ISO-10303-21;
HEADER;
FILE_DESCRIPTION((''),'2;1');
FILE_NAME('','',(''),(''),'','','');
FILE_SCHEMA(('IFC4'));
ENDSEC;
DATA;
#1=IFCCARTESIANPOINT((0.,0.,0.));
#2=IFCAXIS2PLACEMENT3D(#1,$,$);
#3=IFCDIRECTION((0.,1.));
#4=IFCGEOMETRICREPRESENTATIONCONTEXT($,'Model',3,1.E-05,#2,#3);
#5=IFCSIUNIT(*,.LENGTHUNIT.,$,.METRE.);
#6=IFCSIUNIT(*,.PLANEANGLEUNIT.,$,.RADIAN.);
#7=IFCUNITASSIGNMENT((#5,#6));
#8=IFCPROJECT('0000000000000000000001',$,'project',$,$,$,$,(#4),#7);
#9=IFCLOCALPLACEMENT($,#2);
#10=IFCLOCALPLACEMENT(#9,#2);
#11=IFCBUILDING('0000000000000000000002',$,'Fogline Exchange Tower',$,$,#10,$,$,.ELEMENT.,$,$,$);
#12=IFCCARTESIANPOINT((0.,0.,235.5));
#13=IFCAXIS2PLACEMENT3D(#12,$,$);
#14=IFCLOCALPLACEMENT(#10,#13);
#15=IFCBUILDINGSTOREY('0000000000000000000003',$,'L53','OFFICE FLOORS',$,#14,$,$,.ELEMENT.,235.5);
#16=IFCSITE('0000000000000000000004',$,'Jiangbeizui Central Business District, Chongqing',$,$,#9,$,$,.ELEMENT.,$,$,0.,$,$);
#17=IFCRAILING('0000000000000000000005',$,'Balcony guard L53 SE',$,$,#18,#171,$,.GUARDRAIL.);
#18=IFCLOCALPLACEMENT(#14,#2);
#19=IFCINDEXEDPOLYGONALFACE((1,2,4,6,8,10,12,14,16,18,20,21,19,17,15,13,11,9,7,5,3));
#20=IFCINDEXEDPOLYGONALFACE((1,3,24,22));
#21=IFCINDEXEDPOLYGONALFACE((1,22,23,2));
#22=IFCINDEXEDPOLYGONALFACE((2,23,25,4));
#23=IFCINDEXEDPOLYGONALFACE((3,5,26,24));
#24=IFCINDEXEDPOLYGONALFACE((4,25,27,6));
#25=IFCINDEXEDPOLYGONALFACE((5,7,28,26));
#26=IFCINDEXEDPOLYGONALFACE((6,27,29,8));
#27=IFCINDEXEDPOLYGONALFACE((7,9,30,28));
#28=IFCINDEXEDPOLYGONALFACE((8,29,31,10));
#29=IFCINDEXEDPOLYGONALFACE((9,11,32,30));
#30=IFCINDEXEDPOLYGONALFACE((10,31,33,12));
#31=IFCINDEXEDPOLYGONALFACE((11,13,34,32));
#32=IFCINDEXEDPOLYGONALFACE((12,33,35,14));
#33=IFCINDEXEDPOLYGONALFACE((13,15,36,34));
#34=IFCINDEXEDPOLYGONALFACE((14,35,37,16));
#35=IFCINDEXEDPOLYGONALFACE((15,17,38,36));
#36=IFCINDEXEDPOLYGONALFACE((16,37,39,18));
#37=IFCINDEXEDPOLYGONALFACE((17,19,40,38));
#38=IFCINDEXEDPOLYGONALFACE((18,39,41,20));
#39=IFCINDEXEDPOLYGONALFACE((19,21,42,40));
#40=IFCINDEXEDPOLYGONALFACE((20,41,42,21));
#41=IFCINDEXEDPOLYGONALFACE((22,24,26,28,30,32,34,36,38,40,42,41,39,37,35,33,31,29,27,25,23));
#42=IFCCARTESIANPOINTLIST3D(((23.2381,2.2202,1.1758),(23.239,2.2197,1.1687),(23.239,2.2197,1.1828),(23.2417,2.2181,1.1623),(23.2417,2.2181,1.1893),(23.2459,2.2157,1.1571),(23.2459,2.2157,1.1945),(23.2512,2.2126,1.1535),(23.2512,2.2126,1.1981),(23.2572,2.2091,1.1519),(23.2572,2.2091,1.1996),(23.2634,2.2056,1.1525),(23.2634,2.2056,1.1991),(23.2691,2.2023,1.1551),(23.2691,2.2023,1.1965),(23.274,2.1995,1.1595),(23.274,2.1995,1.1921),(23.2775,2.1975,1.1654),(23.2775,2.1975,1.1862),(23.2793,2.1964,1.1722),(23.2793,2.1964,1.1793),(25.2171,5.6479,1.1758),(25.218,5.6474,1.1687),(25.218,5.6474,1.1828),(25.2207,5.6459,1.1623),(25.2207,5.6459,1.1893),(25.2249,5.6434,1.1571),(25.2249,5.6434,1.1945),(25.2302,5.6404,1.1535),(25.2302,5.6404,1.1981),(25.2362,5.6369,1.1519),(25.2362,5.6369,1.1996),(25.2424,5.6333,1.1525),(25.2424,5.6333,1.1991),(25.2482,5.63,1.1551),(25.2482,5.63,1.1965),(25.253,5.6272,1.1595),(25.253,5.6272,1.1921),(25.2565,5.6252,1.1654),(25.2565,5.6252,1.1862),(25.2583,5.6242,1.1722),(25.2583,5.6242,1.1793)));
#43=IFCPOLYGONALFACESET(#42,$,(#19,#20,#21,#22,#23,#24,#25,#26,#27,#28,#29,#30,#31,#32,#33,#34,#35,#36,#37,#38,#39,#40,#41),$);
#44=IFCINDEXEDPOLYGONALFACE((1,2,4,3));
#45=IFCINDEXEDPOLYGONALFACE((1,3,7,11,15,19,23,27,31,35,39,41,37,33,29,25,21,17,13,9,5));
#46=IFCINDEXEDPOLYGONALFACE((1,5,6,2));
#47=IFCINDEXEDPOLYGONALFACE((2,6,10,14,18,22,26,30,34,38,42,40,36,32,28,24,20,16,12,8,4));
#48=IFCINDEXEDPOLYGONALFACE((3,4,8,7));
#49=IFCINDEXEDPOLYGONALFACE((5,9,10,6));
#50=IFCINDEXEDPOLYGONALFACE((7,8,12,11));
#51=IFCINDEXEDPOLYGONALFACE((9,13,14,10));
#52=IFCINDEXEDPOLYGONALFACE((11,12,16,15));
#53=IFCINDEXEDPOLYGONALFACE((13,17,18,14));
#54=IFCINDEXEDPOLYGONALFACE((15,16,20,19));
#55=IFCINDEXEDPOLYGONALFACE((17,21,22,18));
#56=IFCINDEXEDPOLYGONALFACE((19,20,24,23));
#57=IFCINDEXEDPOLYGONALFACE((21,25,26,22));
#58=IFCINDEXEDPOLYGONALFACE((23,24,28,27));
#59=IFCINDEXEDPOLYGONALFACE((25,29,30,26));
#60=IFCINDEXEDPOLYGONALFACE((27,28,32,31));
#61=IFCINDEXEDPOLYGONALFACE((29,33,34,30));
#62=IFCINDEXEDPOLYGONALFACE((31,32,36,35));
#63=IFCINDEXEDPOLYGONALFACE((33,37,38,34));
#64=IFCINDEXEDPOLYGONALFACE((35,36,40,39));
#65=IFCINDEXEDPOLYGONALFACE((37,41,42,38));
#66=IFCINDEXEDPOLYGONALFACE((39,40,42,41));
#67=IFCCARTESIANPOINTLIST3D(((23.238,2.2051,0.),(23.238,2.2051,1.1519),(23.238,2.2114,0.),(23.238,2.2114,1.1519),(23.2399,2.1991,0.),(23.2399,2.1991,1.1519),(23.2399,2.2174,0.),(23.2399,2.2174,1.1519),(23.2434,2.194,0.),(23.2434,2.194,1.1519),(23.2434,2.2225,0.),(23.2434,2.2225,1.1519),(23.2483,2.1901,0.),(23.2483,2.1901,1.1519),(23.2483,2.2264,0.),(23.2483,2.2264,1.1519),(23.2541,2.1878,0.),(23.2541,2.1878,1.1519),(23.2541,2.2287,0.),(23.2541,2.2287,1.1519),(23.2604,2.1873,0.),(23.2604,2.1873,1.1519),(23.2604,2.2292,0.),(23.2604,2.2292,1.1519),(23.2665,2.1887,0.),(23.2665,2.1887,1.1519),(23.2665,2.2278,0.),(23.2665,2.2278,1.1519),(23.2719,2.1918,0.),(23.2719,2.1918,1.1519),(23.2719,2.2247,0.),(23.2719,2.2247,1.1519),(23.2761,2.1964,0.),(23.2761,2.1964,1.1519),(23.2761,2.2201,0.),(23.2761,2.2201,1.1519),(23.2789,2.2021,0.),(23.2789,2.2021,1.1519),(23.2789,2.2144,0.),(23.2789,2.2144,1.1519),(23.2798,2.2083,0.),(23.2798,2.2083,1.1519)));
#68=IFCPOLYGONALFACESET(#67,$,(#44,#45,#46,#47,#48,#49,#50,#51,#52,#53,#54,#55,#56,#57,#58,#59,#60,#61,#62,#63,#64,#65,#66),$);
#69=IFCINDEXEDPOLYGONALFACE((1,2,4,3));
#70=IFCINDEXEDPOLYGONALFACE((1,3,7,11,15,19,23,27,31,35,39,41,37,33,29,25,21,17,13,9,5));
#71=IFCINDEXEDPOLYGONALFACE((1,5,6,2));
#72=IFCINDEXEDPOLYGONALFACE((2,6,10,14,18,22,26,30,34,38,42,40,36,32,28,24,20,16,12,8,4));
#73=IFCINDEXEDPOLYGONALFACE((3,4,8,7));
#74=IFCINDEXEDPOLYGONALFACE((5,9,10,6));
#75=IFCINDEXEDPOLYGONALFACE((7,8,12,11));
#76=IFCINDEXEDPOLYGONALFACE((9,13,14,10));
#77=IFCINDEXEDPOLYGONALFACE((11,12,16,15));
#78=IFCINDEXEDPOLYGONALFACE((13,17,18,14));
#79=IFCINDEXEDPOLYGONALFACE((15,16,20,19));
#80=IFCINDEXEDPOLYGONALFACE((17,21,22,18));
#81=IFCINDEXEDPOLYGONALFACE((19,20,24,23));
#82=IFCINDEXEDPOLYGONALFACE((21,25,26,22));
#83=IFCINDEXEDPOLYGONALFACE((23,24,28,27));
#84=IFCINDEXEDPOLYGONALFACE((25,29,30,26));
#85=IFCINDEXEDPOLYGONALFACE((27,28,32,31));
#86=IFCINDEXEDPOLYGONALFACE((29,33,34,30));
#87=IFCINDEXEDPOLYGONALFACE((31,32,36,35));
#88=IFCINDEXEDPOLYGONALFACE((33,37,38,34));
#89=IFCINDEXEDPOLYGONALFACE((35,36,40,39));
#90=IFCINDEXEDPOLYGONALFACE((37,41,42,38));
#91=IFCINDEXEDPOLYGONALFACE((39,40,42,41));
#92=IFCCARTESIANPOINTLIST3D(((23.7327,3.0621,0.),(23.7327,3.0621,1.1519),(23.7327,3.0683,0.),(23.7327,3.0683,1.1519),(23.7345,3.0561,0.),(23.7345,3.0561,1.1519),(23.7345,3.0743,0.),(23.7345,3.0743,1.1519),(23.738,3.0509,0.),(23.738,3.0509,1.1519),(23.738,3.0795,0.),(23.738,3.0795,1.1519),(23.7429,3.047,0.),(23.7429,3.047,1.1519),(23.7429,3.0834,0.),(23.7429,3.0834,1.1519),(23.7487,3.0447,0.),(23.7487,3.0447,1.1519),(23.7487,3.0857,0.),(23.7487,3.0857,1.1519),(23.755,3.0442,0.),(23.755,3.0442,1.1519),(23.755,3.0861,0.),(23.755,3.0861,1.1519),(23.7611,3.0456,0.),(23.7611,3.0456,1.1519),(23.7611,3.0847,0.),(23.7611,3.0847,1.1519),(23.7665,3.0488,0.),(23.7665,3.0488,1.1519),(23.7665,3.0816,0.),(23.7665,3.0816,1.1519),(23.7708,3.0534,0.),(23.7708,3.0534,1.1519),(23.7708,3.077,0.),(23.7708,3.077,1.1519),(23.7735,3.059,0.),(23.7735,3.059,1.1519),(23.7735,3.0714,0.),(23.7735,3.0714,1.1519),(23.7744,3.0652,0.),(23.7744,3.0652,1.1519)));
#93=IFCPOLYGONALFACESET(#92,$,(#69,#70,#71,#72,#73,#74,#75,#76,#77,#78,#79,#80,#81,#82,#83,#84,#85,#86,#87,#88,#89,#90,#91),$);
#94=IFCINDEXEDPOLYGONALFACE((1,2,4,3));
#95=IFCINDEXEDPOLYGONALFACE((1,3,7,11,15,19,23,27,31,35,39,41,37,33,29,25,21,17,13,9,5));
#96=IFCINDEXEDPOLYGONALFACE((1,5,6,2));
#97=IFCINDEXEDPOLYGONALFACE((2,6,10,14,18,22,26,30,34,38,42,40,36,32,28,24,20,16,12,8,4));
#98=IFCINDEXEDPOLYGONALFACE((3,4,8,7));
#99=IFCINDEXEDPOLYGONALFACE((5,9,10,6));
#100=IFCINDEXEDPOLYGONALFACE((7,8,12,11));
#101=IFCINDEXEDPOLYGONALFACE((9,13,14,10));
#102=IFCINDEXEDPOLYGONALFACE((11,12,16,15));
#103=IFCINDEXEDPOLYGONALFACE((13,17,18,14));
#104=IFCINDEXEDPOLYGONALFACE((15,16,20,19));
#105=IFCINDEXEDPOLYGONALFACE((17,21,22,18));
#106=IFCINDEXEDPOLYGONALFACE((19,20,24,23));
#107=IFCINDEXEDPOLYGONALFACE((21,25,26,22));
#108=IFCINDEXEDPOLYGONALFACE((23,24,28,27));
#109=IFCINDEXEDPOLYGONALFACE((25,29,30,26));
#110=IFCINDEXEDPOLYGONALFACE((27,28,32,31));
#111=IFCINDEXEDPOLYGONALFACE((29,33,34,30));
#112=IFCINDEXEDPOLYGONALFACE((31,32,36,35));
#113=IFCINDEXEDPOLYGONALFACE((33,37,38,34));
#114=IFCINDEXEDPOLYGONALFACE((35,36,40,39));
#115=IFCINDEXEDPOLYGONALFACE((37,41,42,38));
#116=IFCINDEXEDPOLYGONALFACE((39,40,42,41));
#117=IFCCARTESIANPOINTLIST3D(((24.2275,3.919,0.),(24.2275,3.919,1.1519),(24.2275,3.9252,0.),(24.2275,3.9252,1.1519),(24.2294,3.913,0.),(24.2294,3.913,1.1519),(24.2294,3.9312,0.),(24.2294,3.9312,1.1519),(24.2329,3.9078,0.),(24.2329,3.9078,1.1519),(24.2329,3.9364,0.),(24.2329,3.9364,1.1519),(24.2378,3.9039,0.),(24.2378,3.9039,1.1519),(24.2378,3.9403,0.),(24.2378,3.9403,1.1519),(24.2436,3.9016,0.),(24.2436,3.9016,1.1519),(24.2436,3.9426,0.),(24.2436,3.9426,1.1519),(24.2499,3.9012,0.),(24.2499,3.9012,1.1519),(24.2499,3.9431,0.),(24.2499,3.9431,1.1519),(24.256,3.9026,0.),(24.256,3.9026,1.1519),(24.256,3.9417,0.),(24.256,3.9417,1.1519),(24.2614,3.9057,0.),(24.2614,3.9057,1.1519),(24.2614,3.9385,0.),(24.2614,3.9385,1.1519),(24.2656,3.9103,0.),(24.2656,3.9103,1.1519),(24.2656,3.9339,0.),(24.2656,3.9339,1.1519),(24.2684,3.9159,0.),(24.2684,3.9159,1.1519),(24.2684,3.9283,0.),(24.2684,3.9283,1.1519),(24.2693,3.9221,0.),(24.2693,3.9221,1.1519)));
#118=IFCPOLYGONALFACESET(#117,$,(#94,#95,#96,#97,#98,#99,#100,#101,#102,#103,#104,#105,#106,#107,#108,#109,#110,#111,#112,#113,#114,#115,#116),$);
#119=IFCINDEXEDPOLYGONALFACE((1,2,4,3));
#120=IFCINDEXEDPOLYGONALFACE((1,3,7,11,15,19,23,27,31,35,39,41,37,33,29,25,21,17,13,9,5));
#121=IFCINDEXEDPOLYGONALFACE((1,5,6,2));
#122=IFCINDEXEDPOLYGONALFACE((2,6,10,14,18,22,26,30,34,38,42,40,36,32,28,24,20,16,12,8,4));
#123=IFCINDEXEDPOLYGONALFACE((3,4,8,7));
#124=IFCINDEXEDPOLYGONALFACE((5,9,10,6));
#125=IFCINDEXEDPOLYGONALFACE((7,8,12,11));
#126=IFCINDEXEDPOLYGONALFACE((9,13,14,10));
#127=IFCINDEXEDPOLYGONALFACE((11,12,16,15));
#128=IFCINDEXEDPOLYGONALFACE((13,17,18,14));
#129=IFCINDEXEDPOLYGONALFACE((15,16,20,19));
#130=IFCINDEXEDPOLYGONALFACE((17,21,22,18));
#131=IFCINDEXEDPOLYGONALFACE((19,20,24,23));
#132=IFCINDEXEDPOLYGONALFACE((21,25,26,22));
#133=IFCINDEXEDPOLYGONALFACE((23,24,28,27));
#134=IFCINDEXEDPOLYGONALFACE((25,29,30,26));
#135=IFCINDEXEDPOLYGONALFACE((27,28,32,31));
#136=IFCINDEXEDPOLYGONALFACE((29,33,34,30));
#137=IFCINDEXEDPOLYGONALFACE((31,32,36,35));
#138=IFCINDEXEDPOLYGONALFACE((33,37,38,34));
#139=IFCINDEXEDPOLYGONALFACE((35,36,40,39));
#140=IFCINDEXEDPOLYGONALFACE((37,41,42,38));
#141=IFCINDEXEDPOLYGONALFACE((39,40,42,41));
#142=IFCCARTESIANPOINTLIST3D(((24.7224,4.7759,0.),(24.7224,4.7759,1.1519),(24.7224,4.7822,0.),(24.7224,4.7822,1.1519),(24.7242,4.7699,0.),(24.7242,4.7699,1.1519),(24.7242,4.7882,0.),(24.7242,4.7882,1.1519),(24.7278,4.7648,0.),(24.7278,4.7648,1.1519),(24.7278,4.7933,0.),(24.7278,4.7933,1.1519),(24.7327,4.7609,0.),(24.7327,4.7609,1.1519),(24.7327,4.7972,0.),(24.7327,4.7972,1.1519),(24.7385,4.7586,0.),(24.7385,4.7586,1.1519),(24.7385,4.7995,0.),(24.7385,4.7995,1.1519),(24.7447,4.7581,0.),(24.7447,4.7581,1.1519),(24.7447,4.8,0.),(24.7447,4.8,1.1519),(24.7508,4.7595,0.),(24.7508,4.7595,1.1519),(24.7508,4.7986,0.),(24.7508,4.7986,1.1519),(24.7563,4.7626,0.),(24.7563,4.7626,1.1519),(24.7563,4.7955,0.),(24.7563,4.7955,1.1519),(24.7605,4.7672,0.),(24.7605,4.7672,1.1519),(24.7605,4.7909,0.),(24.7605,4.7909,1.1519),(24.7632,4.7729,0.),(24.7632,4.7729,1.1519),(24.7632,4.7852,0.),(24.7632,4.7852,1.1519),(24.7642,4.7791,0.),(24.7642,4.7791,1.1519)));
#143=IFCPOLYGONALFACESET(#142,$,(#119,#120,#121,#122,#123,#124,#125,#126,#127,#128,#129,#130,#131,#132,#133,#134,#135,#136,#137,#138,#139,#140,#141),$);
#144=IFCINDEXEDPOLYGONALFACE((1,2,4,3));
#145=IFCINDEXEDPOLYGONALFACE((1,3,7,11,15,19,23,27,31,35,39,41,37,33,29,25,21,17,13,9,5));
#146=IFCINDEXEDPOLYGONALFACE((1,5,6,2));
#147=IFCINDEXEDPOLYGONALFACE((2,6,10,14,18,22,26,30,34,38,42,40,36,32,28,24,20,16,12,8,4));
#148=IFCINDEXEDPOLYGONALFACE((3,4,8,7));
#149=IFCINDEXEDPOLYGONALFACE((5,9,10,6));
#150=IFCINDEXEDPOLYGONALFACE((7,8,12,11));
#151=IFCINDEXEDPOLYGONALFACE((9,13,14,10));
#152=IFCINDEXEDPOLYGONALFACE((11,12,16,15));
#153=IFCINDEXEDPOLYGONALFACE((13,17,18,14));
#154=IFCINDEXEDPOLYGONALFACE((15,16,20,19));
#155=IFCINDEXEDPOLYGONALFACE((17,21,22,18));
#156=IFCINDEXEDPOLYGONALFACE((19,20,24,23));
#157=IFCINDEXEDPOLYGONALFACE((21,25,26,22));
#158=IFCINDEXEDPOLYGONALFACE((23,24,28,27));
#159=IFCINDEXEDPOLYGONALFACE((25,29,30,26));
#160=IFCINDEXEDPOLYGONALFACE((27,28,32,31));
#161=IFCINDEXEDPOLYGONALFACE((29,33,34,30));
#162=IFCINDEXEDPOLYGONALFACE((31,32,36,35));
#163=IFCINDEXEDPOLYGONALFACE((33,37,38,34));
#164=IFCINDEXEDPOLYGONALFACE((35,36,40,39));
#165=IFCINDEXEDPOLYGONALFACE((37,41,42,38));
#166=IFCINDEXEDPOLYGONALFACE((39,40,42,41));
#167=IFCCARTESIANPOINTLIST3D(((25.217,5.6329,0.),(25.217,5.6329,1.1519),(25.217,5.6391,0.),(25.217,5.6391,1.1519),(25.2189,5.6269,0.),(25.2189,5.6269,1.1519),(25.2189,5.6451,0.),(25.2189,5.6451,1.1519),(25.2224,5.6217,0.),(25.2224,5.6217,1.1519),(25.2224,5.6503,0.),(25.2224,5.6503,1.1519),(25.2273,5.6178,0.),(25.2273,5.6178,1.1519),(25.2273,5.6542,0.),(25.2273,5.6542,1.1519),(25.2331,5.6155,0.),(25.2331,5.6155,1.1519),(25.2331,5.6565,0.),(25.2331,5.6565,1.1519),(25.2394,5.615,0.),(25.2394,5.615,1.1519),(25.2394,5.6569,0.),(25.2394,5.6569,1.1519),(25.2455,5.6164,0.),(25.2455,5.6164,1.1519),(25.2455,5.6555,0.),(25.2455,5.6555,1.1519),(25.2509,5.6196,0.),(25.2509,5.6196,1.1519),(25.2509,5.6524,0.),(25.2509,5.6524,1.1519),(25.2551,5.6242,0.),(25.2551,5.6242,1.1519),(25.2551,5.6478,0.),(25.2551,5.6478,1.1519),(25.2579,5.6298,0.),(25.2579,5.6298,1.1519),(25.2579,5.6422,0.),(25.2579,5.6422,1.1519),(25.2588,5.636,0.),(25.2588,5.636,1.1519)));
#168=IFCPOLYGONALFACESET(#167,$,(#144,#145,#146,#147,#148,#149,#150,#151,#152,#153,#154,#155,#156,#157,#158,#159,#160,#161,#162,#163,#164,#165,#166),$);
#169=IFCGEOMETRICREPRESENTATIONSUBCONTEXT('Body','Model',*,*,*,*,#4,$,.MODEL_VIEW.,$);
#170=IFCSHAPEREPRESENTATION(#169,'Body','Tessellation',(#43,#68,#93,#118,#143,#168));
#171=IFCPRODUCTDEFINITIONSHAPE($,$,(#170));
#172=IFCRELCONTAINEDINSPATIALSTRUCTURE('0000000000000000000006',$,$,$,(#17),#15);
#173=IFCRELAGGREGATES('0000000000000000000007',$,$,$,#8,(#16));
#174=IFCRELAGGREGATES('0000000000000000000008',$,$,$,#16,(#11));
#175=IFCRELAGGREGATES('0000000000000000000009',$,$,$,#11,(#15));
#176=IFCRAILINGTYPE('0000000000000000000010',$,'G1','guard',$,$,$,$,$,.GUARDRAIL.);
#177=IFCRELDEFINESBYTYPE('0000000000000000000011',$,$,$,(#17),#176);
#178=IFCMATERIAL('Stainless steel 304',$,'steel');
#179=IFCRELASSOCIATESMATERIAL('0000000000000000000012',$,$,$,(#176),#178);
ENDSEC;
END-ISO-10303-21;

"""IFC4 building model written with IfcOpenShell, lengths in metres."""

from ifc_helpers import new_model, si_unit, direction, frame, origin, origin_2d, place, context, subcontext, project, spatial, circle, extrude, material, type_object, element, save


model = new_model("IFC4")

# Units and contexts
model_context = context("Model", 3, precision=1e-05, world=origin(), true_north=direction((0.0, 1.0)))
body_context = subcontext(model_context, "Body", "Model", "MODEL_VIEW")
ifc_project = project(units=[si_unit("LENGTHUNIT", "METRE"), si_unit("PLANEANGLEUNIT", "RADIAN")], contexts=[model_context])

# Site, building, storey
site_placement = place(None, origin())
site = spatial("IfcSite", under=ifc_project, at=site_placement, Name="Jiangbeizui Central Business District, Chongqing", CompositionType="ELEMENT", RefElevation=0.0)
building_placement = place(site_placement, origin())
building = spatial("IfcBuilding", under=site, at=building_placement, Name="Fogline Exchange Tower", CompositionType="ELEMENT")
storey_placement = place(building_placement, frame((0.0, 0.0, 235.5)))
storey = spatial("IfcBuildingStorey", under=building, at=storey_placement, Name="L53", Description="OFFICE FLOORS", CompositionType="ELEMENT", Elevation=235.5)

# Railing
ifc_material_1 = material(Name="Stainless steel 304", Category="steel")
railing_type = type_object("IfcRailingType", Name="G1", Description="guard", PredefinedType="GUARDRAIL", material=ifc_material_1)
railing_placement = place(storey_placement, frame((23.2588, 2.2083, 0.0)))
element("IfcRailing", 1, at=railing_placement, inside=storey, type_object=railing_type, Name="Balcony guard L53 SE", PredefinedType="GUARDRAIL", context=body_context, shape_type="SweptSolid", body=[
    extrude(circle(Radius=0.0239, at=origin_2d()), frame((0.0, 0.0, 1.1758), z_axis=(0.5, 0.866025, 0.0), x_axis=(-0.866025, 0.5, 0.0)), (0.0, 0.0, 1.0), 3.958),
    extrude(circle(Radius=0.021, at=origin_2d()), origin(), (0.0, 0.0, 1.0), 1.1519),
    extrude(circle(Radius=0.021, at=origin_2d()), frame((0.4946, 0.8569, 0.0)), (0.0, 0.0, 1.0), 1.1519),
    extrude(circle(Radius=0.021, at=origin_2d()), frame((0.9895, 1.7139, 0.0)), (0.0, 0.0, 1.0), 1.1519),
    extrude(circle(Radius=0.021, at=origin_2d()), frame((1.4844, 2.5708, 0.0)), (0.0, 0.0, 1.0), 1.1519),
    extrude(circle(Radius=0.021, at=origin_2d()), frame((1.979, 3.4277, 0.0)), (0.0, 0.0, 1.0), 1.1519),
])

save(model, "model.ifc")
